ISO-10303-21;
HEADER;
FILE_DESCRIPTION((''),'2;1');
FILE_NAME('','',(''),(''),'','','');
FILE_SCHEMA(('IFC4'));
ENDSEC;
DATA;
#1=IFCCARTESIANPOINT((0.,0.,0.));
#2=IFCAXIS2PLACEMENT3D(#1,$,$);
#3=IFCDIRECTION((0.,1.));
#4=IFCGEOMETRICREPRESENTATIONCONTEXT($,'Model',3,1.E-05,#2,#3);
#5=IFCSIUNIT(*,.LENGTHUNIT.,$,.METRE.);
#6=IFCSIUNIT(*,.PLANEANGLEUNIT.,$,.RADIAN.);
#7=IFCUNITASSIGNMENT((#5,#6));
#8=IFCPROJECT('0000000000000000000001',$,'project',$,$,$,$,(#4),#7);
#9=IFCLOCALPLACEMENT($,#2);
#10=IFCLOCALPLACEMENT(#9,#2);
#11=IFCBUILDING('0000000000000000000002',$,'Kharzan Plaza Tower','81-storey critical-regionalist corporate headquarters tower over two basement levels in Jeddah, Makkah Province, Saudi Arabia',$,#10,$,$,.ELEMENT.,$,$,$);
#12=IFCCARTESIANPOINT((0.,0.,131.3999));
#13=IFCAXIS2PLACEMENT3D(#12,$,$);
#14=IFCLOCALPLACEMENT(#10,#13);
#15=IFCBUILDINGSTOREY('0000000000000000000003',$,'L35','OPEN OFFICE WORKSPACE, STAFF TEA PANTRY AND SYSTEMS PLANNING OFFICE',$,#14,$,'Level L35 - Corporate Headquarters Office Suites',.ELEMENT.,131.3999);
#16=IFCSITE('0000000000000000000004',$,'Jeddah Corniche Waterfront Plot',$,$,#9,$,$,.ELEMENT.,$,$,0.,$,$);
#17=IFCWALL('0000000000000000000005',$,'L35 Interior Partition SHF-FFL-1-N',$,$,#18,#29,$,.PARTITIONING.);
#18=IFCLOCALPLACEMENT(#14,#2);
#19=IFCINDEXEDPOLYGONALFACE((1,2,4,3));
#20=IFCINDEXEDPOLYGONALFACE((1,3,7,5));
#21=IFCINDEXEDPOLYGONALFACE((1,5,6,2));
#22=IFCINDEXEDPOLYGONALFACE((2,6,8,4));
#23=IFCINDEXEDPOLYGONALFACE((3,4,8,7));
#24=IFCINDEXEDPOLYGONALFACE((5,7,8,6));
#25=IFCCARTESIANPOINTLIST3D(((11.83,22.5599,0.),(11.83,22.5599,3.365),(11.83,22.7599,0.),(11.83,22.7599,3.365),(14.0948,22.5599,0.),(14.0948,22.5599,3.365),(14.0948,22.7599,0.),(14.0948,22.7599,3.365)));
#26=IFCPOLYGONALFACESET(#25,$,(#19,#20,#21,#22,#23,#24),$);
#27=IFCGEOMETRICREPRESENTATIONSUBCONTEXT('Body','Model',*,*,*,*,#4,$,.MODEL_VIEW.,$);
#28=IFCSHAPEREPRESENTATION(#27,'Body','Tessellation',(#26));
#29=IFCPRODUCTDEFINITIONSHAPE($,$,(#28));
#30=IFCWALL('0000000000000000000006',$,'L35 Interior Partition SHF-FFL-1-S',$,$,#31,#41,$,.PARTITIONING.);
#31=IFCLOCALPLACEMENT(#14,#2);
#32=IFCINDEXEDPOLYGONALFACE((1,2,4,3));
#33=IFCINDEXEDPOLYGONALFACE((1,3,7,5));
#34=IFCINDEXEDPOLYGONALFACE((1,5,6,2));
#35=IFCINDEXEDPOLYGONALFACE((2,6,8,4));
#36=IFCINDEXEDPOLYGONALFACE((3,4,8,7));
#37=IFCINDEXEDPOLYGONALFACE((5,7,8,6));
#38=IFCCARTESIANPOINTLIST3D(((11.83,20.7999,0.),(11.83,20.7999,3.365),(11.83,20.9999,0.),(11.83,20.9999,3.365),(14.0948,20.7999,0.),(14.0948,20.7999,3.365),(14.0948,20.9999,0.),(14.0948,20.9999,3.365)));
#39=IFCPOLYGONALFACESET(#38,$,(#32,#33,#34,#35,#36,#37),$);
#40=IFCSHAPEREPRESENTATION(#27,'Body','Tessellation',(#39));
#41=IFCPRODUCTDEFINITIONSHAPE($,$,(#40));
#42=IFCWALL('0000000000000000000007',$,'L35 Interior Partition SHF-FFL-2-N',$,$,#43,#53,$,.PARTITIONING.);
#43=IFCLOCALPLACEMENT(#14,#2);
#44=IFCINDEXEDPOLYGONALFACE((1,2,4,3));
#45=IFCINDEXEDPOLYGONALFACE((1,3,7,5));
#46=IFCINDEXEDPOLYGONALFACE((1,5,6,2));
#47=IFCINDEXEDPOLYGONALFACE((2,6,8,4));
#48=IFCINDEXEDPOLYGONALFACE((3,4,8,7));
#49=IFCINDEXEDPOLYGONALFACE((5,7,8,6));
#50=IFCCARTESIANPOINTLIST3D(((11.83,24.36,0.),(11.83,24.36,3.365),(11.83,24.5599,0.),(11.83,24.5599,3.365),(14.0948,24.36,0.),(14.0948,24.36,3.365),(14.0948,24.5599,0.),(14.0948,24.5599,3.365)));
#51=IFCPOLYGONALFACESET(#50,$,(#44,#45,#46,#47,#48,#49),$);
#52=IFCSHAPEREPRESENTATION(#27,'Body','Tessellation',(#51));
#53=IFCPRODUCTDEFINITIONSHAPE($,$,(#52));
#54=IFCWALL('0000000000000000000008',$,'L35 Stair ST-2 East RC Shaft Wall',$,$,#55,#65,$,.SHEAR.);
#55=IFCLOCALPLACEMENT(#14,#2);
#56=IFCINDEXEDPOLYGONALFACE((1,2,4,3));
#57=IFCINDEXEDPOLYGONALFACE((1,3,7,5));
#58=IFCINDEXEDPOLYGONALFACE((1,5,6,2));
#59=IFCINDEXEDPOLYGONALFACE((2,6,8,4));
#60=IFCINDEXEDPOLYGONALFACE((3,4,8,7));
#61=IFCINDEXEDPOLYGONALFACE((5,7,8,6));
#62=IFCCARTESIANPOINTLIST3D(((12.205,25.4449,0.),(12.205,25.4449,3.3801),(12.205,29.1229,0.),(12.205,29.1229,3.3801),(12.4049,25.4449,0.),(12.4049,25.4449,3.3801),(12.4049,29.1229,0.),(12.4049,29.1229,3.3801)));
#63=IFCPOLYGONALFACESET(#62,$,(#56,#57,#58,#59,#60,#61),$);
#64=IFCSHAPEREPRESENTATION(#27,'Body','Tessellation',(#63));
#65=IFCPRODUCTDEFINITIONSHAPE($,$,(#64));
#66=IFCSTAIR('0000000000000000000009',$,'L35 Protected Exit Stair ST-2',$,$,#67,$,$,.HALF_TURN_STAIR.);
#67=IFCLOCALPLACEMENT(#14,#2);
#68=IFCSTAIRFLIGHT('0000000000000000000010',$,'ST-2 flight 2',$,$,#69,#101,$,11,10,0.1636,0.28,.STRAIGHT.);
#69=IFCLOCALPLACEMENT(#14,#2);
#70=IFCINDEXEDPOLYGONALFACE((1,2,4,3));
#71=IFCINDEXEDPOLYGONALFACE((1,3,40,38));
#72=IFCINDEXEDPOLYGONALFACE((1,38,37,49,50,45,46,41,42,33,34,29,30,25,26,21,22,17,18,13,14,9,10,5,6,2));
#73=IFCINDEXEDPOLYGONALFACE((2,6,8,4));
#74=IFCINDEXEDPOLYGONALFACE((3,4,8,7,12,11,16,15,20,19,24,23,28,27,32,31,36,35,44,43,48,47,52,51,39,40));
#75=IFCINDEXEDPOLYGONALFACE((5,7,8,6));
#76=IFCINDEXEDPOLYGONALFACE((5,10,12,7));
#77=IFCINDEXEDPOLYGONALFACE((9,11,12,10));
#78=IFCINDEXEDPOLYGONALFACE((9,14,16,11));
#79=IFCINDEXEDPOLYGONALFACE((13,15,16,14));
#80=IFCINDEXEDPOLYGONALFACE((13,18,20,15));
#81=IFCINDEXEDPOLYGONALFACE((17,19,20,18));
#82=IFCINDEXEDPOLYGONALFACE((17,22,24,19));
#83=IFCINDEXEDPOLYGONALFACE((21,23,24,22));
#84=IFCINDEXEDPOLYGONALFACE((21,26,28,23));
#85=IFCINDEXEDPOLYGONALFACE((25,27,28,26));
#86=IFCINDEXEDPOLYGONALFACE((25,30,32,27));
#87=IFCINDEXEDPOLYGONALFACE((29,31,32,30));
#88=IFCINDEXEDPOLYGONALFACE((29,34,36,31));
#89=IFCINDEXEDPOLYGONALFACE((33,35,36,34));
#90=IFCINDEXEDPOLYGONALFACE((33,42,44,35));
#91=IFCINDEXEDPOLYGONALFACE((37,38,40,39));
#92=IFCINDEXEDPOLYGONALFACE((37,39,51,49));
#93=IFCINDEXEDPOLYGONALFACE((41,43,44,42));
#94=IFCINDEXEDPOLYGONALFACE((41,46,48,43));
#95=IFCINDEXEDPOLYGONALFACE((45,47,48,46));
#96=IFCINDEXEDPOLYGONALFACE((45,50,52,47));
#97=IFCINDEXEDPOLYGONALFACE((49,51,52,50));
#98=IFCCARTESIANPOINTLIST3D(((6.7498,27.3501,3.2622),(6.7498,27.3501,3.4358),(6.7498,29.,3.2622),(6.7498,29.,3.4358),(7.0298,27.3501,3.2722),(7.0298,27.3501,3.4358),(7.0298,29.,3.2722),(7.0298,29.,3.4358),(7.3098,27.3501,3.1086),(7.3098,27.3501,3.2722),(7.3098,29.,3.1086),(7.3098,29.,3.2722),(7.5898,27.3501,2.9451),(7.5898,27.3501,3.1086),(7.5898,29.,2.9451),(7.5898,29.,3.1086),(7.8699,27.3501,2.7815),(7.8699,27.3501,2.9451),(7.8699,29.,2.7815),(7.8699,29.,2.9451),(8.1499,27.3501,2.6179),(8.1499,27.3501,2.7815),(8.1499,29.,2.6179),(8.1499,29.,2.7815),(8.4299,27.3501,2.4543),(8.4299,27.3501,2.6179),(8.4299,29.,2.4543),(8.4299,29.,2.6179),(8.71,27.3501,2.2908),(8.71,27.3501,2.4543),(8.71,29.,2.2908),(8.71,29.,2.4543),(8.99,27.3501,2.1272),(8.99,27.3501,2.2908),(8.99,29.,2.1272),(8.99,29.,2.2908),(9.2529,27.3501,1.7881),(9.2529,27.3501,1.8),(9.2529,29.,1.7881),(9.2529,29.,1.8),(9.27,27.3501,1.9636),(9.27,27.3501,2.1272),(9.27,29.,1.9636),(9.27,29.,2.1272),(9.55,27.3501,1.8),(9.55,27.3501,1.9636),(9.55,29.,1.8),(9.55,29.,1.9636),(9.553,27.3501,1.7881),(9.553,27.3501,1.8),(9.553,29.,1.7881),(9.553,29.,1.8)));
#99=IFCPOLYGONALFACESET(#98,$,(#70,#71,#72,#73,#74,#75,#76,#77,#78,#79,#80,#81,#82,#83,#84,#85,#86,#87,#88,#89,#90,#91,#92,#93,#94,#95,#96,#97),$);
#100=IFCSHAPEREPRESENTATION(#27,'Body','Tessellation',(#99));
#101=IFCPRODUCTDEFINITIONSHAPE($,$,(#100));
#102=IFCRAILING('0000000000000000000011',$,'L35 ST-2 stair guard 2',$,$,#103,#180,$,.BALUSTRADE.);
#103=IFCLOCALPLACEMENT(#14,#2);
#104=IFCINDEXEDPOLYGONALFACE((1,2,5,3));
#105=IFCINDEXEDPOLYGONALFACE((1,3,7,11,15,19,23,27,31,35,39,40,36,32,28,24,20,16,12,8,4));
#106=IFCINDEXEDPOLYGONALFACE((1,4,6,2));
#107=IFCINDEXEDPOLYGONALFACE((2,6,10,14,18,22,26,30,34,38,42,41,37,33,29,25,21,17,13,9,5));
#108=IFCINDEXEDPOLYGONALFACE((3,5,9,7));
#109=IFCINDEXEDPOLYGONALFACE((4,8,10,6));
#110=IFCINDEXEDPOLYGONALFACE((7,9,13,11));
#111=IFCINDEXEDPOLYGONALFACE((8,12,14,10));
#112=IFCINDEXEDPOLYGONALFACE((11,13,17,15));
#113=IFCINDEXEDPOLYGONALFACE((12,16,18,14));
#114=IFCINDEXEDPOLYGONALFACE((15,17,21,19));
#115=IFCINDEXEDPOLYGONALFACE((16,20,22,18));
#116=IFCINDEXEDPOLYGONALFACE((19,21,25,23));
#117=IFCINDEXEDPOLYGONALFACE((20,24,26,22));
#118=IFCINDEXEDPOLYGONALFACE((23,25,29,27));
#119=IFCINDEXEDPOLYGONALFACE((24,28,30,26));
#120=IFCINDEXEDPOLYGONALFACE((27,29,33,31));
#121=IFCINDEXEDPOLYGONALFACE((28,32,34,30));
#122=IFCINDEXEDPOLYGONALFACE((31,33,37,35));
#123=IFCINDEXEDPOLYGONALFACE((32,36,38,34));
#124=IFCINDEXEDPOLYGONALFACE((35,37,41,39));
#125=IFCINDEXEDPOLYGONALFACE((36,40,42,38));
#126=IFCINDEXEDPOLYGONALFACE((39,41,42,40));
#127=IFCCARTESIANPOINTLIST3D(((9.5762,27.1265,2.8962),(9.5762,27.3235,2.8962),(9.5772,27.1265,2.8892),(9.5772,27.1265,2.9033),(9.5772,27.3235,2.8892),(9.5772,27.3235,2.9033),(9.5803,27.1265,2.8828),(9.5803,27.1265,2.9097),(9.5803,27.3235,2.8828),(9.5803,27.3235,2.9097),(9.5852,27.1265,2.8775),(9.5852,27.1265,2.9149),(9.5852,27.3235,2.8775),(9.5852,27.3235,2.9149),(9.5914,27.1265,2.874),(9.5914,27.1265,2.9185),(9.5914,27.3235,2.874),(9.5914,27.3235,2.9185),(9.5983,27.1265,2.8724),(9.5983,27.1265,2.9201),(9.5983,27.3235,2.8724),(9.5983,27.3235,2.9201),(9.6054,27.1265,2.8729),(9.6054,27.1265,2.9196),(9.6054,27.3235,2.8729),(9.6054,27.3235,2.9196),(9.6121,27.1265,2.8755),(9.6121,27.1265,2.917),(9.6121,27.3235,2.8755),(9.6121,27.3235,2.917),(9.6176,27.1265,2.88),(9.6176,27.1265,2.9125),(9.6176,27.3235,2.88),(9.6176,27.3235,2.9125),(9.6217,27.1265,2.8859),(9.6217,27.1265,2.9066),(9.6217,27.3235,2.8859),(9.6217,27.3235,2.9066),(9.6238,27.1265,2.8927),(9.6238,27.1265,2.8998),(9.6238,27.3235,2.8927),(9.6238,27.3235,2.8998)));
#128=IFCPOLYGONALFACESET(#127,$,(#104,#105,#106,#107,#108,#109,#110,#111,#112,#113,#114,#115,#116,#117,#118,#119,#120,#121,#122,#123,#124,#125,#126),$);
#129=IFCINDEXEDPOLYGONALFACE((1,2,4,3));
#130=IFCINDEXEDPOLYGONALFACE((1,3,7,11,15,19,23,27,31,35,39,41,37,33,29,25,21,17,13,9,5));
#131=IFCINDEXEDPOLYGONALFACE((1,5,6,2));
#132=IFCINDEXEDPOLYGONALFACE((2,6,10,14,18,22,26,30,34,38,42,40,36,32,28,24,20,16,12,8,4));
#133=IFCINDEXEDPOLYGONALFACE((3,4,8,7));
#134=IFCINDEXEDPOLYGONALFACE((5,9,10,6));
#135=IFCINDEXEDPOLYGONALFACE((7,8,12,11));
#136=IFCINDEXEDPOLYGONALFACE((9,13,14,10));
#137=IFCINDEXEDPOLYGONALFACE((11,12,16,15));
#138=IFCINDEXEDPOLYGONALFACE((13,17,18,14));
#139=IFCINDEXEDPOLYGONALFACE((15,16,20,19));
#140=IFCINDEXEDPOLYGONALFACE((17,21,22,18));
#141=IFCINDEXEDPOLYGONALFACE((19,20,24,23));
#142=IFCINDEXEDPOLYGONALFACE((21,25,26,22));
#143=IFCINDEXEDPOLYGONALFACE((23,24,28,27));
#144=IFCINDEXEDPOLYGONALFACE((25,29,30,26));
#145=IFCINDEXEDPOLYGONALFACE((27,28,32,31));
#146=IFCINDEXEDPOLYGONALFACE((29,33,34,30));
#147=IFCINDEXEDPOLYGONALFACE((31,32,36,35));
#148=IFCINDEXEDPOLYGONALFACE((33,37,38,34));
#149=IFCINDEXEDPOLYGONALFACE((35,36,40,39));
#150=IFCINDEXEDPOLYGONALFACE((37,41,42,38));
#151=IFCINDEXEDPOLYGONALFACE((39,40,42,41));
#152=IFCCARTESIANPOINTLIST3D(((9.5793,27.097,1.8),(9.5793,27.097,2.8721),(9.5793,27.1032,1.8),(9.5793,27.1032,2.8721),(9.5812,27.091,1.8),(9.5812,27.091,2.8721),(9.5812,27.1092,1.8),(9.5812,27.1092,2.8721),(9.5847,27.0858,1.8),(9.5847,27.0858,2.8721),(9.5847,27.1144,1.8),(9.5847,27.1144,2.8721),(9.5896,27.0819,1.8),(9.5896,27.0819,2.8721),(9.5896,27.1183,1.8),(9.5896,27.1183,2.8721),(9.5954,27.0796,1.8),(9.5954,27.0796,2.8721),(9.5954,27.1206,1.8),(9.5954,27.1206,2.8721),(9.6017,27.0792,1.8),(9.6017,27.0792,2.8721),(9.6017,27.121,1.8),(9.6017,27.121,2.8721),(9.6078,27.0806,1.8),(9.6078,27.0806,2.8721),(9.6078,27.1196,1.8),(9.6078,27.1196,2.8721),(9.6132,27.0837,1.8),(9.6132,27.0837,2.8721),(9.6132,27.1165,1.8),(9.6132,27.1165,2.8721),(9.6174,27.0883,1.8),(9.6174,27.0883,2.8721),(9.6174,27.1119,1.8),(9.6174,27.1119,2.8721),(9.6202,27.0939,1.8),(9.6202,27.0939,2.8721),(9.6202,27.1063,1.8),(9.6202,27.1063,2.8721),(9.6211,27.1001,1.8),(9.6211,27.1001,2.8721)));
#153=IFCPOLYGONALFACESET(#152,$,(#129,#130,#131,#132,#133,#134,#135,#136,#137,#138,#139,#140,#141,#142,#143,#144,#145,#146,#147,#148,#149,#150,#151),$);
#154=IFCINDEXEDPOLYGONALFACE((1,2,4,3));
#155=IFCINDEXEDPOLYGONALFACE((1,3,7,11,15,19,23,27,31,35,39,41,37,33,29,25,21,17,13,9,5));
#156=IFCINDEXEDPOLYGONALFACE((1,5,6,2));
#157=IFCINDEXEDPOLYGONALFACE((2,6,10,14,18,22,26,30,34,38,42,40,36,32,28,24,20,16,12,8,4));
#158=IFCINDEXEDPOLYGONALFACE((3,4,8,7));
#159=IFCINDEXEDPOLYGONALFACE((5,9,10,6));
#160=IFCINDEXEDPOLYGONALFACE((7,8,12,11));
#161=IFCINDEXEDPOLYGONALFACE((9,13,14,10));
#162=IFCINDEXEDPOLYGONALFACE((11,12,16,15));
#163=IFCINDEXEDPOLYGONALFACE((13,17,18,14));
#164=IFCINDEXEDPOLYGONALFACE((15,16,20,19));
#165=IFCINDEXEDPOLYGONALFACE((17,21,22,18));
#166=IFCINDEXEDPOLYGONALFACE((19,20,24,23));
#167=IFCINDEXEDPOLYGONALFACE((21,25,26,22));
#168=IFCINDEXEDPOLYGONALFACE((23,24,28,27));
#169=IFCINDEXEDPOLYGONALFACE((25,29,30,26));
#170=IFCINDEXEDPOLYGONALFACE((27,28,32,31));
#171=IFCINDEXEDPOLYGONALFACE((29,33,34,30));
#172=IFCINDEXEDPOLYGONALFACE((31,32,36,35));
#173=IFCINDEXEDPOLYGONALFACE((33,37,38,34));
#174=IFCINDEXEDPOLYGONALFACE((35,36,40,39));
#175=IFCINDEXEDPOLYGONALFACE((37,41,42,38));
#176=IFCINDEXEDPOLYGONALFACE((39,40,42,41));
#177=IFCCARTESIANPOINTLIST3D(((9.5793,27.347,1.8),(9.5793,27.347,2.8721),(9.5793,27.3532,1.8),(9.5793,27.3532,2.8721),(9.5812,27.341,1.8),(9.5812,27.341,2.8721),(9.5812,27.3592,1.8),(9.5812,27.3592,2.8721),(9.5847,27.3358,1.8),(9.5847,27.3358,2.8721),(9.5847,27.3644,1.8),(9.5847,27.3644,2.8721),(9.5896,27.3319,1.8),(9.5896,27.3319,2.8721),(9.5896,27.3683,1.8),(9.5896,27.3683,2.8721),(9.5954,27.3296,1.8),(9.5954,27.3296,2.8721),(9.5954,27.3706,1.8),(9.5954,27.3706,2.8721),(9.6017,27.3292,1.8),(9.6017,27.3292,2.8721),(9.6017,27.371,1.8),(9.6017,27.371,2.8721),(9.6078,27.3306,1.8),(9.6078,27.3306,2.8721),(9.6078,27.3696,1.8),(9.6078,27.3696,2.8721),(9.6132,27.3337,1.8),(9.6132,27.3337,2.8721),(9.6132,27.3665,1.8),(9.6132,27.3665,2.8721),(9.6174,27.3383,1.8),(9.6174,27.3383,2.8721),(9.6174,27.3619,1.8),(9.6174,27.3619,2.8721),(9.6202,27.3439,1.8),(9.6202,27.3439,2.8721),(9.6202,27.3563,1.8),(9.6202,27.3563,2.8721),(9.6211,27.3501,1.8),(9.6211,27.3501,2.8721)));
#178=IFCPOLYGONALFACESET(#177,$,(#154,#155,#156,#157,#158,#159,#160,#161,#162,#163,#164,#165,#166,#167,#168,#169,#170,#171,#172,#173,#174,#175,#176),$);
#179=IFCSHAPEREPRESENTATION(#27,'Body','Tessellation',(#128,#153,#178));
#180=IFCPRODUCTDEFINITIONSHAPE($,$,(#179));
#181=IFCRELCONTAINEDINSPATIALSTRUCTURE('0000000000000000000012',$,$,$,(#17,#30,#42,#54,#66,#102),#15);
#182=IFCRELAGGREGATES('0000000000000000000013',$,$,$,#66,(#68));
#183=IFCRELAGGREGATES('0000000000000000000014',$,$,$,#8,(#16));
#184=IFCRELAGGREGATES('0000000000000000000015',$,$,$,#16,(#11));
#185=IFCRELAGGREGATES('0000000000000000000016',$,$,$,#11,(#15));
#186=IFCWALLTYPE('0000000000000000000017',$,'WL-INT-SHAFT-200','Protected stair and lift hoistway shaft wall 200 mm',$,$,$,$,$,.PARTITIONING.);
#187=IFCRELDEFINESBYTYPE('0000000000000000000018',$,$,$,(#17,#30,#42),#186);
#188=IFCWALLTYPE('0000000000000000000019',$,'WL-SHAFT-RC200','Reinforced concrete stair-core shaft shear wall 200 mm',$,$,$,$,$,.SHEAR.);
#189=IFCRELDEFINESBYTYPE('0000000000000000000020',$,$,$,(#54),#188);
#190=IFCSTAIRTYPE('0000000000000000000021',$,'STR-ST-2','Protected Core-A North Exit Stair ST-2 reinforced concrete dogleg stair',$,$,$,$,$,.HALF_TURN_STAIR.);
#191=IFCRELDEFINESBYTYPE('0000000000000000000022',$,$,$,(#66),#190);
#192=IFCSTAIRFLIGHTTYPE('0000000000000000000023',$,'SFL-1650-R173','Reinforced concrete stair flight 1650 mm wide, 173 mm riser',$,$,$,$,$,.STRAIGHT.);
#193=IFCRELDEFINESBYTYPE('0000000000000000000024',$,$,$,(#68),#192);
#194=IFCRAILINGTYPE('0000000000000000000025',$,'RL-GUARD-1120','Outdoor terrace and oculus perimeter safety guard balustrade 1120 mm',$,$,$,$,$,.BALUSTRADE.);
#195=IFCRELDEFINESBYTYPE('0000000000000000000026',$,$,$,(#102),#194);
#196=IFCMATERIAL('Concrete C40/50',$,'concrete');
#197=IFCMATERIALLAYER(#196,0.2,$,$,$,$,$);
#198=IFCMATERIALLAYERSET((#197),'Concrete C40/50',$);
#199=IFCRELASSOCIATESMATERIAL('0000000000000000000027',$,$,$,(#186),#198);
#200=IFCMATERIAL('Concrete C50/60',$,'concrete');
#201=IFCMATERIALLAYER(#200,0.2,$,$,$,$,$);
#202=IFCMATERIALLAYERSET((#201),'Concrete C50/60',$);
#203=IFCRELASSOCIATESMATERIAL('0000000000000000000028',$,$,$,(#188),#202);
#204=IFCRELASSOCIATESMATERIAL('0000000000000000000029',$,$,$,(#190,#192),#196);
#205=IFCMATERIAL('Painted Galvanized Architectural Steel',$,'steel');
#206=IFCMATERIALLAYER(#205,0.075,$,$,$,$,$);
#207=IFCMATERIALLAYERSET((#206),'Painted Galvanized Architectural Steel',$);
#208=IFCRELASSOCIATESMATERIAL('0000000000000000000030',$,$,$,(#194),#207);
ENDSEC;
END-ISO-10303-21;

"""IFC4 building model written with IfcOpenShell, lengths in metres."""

from ifc_helpers import new_model, si_unit, direction, frame, frame_2d, origin, origin_2d, place, context, subcontext, project, spatial, polyline, rectangle, circle, outline, extrude, source, transform, mapped, material, layer, layer_set, type_object, element, aggregate, save


model = new_model("IFC4")

# Units and contexts
model_context = context("Model", 3, precision=1e-05, world=origin(), true_north=direction((0.0, 1.0)))
body_context = subcontext(model_context, "Body", "Model", "MODEL_VIEW")
ifc_project = project(units=[si_unit("LENGTHUNIT", "METRE"), si_unit("PLANEANGLEUNIT", "RADIAN")], contexts=[model_context])

# Site, building, storey
site_placement = place(None, origin())
site = spatial("IfcSite", under=ifc_project, at=site_placement, Name="Jeddah Corniche Waterfront Plot", CompositionType="ELEMENT", RefElevation=0.0)
building_placement = place(site_placement, origin())
building = spatial("IfcBuilding", under=site, at=building_placement, Name="Kharzan Plaza Tower", Description="81-storey critical-regionalist corporate headquarters tower over two basement levels in Jeddah, Makkah Province, Saudi Arabia", CompositionType="ELEMENT")
storey_placement = place(building_placement, frame((0.0, 0.0, 131.3999)))
storey = spatial("IfcBuildingStorey", under=building, at=storey_placement, Name="L35", Description="OPEN OFFICE WORKSPACE, STAFF TEA PANTRY AND SYSTEMS PLANNING OFFICE", LongName="Level L35 - Corporate Headquarters Office Suites", CompositionType="ELEMENT", Elevation=131.3999)

# Shared definitions
ifc_material_1 = material(Name="Concrete C40/50", Category="concrete")
ifc_layer_1 = layer(ifc_material_1, 0.2)
ifc_layer_set_1 = layer_set([ifc_layer_1], Name="Concrete C40/50")
wall_type_1 = type_object("IfcWallType", Name="WL-INT-SHAFT-200", Description="Protected stair and lift hoistway shaft wall 200 mm", PredefinedType="PARTITIONING", material=ifc_layer_set_1)

# Walls
shared_shape_1 = source(origin(), body_context, "Body", "SweptSolid", [
    extrude(rectangle(XDim=2.2649, YDim=0.2, at=frame_2d((1.1323, 0.0))), origin(), (0.0, 0.0, 1.0), 3.365),
])
for number, where, z_axis, x_axis, name in (
    (1, (11.8301, 22.6599, 0.0), (0.0, 0.0, 1.0), (1.0, 0.0, 0.0), "L35 Interior Partition SHF-FFL-1-N"),
    (2, (11.8301, 20.8999, 0.0), (0.0, 0.0, 1.0), (1.0, 0.0, 0.0), "L35 Interior Partition SHF-FFL-1-S"),
    (3, (11.8301, 24.46, 0.0), (0.0, 0.0, 1.0), (1.0, 0.0, 0.0), "L35 Interior Partition SHF-FFL-2-N"),
):
    element("IfcWall", number, at=place(storey_placement, frame(where, z_axis=z_axis, x_axis=x_axis)), inside=storey, type_object=wall_type_1, Name=name, PredefinedType="PARTITIONING", context=body_context, shape_type="MappedRepresentation", body=[
        mapped(shared_shape_1, transform((0.0, 0.0, 0.0), x_axis=(1.0, 0.0, 0.0), y_axis=(0.0, 1.0, 0.0), z_axis=(0.0, 0.0, 1.0))),
    ])
ifc_material_2 = material(Name="Concrete C50/60", Category="concrete")
ifc_layer_2 = layer(ifc_material_2, 0.2)
ifc_layer_set_2 = layer_set([ifc_layer_2], Name="Concrete C50/60")
wall_type_2 = type_object("IfcWallType", Name="WL-SHAFT-RC200", Description="Reinforced concrete stair-core shaft shear wall 200 mm", PredefinedType="SHEAR", material=ifc_layer_set_2)
shared_shape_2 = source(origin(), body_context, "Body", "SweptSolid", [
    extrude(rectangle(XDim=3.678, YDim=0.2, at=frame_2d((1.8389, 0.0))), origin(), (0.0, 0.0, 1.0), 3.3801),
])
wall_1_placement = place(storey_placement, frame((12.3049, 25.4451, 0.0), z_axis=(0.0, 0.0, 1.0), x_axis=(0.0, 1.0, 0.0)))
element("IfcWall", 4, at=wall_1_placement, inside=storey, type_object=wall_type_2, Name="L35 Stair ST-2 East RC Shaft Wall", PredefinedType="SHEAR", context=body_context, shape_type="MappedRepresentation", body=[
    mapped(shared_shape_2, transform((0.0, 0.0, 0.0), x_axis=(1.0, 0.0, 0.0), y_axis=(0.0, 1.0, 0.0), z_axis=(0.0, 0.0, 1.0))),
])

# Stair, stair flight
stair_type = type_object("IfcStairType", Name="STR-ST-2", Description="Protected Core-A North Exit Stair ST-2 reinforced concrete dogleg stair", PredefinedType="HALF_TURN_STAIR", material=ifc_material_1)
stair_placement = place(storey_placement, origin())
stair = element("IfcStair", 5, at=stair_placement, inside=storey, type_object=stair_type, Name="L35 Protected Exit Stair ST-2", PredefinedType="HALF_TURN_STAIR")
stair_flight_type = type_object("IfcStairFlightType", Name="SFL-1650-R173", Description="Reinforced concrete stair flight 1650 mm wide, 173 mm riser", PredefinedType="STRAIGHT", material=ifc_material_1)
shared_shape_3 = source(origin(), body_context, "Body", "SweptSolid", [
    extrude(outline(polyline([(-0.0029, -0.012), (-0.0029, 0.0), (0.0, 0.0), (0.0, 0.1636), (0.28, 0.1636), (0.28, 0.3271), (0.5601, 0.3271), (0.5601, 0.4907), (0.8401, 0.4907), (0.8401, 0.6543), (1.1201, 0.6543), (1.1201, 0.8179), (1.4001, 0.8179), (1.4001, 0.9814), (1.6802, 0.9814), (1.6802, 1.145), (1.9602, 1.145), (1.9602, 1.3086), (2.2402, 1.3086), (2.2402, 1.4722), (2.5203, 1.4722), (2.5203, 1.6357), (2.8003, 1.6357), (2.8003, 1.7993), (2.8003, 1.4622), (0.2971, 0.0), (0.2971, -0.012), (-0.0029, -0.012)])), frame((0.0, 0.825, 0.0), z_axis=(0.0, -1.0, 0.0), x_axis=(1.0, 0.0, 0.0)), (0.0, 0.0, 1.0), 1.6499),
])
stair_flight_placement = place(storey_placement, frame((9.55, 28.175, 1.8), z_axis=(0.0, 0.0, 1.0), x_axis=(-1.0, 0.0, 0.0)))
stair_flight = element("IfcStairFlight", 6, at=stair_flight_placement, type_object=stair_flight_type, Name="ST-2 flight 2", NumberOfRisers=11, NumberOfTreads=10, PredefinedType="STRAIGHT", RiserHeight=0.1636, TreadLength=0.28, context=body_context, shape_type="MappedRepresentation", body=[
    mapped(shared_shape_3, transform((0.0, 0.0, 0.0), x_axis=(1.0, 0.0, 0.0), y_axis=(0.0, 1.0, 0.0), z_axis=(0.0, 0.0, 1.0))),
])
aggregate(stair, [stair_flight])

# Railing
ifc_material_3 = material(Name="Painted Galvanized Architectural Steel", Category="steel")
ifc_layer_3 = layer(ifc_material_3, 0.075)
ifc_layer_set_3 = layer_set([ifc_layer_3], Name="Painted Galvanized Architectural Steel")
railing_type_1 = type_object("IfcRailingType", Name="RL-GUARD-1120", Description="Outdoor terrace and oculus perimeter safety guard balustrade 1120 mm", PredefinedType="BALUSTRADE", material=ifc_layer_set_3)
shared_shape_4 = source(origin(), body_context, "Body", "SweptSolid", [
    extrude(circle(Radius=0.0239, at=origin_2d()), frame((0.0, 0.0264, 1.0962), z_axis=(0.0, 1.0, 0.0), x_axis=(-1.0, 0.0, 0.0)), (0.0, 0.0, 1.0), 0.197),
    extrude(circle(Radius=0.021, at=origin_2d()), origin(), (0.0, 0.0, 1.0), 1.072),
    extrude(circle(Radius=0.021, at=origin_2d()), frame((0.0, 0.25, 0.0)), (0.0, 0.0, 1.0), 1.072),
])
railing_1_placement = place(storey_placement, frame((9.6001, 27.1001, 1.8)))
element("IfcRailing", 7, at=railing_1_placement, inside=storey, type_object=railing_type_1, Name="L35 ST-2 stair guard 2", PredefinedType="BALUSTRADE", context=body_context, shape_type="MappedRepresentation", body=[
    mapped(shared_shape_4, transform((0.0, 0.0, 0.0), x_axis=(1.0, 0.0, 0.0), y_axis=(0.0, 1.0, 0.0), z_axis=(0.0, 0.0, 1.0))),
])

save(model, "model.ifc")
